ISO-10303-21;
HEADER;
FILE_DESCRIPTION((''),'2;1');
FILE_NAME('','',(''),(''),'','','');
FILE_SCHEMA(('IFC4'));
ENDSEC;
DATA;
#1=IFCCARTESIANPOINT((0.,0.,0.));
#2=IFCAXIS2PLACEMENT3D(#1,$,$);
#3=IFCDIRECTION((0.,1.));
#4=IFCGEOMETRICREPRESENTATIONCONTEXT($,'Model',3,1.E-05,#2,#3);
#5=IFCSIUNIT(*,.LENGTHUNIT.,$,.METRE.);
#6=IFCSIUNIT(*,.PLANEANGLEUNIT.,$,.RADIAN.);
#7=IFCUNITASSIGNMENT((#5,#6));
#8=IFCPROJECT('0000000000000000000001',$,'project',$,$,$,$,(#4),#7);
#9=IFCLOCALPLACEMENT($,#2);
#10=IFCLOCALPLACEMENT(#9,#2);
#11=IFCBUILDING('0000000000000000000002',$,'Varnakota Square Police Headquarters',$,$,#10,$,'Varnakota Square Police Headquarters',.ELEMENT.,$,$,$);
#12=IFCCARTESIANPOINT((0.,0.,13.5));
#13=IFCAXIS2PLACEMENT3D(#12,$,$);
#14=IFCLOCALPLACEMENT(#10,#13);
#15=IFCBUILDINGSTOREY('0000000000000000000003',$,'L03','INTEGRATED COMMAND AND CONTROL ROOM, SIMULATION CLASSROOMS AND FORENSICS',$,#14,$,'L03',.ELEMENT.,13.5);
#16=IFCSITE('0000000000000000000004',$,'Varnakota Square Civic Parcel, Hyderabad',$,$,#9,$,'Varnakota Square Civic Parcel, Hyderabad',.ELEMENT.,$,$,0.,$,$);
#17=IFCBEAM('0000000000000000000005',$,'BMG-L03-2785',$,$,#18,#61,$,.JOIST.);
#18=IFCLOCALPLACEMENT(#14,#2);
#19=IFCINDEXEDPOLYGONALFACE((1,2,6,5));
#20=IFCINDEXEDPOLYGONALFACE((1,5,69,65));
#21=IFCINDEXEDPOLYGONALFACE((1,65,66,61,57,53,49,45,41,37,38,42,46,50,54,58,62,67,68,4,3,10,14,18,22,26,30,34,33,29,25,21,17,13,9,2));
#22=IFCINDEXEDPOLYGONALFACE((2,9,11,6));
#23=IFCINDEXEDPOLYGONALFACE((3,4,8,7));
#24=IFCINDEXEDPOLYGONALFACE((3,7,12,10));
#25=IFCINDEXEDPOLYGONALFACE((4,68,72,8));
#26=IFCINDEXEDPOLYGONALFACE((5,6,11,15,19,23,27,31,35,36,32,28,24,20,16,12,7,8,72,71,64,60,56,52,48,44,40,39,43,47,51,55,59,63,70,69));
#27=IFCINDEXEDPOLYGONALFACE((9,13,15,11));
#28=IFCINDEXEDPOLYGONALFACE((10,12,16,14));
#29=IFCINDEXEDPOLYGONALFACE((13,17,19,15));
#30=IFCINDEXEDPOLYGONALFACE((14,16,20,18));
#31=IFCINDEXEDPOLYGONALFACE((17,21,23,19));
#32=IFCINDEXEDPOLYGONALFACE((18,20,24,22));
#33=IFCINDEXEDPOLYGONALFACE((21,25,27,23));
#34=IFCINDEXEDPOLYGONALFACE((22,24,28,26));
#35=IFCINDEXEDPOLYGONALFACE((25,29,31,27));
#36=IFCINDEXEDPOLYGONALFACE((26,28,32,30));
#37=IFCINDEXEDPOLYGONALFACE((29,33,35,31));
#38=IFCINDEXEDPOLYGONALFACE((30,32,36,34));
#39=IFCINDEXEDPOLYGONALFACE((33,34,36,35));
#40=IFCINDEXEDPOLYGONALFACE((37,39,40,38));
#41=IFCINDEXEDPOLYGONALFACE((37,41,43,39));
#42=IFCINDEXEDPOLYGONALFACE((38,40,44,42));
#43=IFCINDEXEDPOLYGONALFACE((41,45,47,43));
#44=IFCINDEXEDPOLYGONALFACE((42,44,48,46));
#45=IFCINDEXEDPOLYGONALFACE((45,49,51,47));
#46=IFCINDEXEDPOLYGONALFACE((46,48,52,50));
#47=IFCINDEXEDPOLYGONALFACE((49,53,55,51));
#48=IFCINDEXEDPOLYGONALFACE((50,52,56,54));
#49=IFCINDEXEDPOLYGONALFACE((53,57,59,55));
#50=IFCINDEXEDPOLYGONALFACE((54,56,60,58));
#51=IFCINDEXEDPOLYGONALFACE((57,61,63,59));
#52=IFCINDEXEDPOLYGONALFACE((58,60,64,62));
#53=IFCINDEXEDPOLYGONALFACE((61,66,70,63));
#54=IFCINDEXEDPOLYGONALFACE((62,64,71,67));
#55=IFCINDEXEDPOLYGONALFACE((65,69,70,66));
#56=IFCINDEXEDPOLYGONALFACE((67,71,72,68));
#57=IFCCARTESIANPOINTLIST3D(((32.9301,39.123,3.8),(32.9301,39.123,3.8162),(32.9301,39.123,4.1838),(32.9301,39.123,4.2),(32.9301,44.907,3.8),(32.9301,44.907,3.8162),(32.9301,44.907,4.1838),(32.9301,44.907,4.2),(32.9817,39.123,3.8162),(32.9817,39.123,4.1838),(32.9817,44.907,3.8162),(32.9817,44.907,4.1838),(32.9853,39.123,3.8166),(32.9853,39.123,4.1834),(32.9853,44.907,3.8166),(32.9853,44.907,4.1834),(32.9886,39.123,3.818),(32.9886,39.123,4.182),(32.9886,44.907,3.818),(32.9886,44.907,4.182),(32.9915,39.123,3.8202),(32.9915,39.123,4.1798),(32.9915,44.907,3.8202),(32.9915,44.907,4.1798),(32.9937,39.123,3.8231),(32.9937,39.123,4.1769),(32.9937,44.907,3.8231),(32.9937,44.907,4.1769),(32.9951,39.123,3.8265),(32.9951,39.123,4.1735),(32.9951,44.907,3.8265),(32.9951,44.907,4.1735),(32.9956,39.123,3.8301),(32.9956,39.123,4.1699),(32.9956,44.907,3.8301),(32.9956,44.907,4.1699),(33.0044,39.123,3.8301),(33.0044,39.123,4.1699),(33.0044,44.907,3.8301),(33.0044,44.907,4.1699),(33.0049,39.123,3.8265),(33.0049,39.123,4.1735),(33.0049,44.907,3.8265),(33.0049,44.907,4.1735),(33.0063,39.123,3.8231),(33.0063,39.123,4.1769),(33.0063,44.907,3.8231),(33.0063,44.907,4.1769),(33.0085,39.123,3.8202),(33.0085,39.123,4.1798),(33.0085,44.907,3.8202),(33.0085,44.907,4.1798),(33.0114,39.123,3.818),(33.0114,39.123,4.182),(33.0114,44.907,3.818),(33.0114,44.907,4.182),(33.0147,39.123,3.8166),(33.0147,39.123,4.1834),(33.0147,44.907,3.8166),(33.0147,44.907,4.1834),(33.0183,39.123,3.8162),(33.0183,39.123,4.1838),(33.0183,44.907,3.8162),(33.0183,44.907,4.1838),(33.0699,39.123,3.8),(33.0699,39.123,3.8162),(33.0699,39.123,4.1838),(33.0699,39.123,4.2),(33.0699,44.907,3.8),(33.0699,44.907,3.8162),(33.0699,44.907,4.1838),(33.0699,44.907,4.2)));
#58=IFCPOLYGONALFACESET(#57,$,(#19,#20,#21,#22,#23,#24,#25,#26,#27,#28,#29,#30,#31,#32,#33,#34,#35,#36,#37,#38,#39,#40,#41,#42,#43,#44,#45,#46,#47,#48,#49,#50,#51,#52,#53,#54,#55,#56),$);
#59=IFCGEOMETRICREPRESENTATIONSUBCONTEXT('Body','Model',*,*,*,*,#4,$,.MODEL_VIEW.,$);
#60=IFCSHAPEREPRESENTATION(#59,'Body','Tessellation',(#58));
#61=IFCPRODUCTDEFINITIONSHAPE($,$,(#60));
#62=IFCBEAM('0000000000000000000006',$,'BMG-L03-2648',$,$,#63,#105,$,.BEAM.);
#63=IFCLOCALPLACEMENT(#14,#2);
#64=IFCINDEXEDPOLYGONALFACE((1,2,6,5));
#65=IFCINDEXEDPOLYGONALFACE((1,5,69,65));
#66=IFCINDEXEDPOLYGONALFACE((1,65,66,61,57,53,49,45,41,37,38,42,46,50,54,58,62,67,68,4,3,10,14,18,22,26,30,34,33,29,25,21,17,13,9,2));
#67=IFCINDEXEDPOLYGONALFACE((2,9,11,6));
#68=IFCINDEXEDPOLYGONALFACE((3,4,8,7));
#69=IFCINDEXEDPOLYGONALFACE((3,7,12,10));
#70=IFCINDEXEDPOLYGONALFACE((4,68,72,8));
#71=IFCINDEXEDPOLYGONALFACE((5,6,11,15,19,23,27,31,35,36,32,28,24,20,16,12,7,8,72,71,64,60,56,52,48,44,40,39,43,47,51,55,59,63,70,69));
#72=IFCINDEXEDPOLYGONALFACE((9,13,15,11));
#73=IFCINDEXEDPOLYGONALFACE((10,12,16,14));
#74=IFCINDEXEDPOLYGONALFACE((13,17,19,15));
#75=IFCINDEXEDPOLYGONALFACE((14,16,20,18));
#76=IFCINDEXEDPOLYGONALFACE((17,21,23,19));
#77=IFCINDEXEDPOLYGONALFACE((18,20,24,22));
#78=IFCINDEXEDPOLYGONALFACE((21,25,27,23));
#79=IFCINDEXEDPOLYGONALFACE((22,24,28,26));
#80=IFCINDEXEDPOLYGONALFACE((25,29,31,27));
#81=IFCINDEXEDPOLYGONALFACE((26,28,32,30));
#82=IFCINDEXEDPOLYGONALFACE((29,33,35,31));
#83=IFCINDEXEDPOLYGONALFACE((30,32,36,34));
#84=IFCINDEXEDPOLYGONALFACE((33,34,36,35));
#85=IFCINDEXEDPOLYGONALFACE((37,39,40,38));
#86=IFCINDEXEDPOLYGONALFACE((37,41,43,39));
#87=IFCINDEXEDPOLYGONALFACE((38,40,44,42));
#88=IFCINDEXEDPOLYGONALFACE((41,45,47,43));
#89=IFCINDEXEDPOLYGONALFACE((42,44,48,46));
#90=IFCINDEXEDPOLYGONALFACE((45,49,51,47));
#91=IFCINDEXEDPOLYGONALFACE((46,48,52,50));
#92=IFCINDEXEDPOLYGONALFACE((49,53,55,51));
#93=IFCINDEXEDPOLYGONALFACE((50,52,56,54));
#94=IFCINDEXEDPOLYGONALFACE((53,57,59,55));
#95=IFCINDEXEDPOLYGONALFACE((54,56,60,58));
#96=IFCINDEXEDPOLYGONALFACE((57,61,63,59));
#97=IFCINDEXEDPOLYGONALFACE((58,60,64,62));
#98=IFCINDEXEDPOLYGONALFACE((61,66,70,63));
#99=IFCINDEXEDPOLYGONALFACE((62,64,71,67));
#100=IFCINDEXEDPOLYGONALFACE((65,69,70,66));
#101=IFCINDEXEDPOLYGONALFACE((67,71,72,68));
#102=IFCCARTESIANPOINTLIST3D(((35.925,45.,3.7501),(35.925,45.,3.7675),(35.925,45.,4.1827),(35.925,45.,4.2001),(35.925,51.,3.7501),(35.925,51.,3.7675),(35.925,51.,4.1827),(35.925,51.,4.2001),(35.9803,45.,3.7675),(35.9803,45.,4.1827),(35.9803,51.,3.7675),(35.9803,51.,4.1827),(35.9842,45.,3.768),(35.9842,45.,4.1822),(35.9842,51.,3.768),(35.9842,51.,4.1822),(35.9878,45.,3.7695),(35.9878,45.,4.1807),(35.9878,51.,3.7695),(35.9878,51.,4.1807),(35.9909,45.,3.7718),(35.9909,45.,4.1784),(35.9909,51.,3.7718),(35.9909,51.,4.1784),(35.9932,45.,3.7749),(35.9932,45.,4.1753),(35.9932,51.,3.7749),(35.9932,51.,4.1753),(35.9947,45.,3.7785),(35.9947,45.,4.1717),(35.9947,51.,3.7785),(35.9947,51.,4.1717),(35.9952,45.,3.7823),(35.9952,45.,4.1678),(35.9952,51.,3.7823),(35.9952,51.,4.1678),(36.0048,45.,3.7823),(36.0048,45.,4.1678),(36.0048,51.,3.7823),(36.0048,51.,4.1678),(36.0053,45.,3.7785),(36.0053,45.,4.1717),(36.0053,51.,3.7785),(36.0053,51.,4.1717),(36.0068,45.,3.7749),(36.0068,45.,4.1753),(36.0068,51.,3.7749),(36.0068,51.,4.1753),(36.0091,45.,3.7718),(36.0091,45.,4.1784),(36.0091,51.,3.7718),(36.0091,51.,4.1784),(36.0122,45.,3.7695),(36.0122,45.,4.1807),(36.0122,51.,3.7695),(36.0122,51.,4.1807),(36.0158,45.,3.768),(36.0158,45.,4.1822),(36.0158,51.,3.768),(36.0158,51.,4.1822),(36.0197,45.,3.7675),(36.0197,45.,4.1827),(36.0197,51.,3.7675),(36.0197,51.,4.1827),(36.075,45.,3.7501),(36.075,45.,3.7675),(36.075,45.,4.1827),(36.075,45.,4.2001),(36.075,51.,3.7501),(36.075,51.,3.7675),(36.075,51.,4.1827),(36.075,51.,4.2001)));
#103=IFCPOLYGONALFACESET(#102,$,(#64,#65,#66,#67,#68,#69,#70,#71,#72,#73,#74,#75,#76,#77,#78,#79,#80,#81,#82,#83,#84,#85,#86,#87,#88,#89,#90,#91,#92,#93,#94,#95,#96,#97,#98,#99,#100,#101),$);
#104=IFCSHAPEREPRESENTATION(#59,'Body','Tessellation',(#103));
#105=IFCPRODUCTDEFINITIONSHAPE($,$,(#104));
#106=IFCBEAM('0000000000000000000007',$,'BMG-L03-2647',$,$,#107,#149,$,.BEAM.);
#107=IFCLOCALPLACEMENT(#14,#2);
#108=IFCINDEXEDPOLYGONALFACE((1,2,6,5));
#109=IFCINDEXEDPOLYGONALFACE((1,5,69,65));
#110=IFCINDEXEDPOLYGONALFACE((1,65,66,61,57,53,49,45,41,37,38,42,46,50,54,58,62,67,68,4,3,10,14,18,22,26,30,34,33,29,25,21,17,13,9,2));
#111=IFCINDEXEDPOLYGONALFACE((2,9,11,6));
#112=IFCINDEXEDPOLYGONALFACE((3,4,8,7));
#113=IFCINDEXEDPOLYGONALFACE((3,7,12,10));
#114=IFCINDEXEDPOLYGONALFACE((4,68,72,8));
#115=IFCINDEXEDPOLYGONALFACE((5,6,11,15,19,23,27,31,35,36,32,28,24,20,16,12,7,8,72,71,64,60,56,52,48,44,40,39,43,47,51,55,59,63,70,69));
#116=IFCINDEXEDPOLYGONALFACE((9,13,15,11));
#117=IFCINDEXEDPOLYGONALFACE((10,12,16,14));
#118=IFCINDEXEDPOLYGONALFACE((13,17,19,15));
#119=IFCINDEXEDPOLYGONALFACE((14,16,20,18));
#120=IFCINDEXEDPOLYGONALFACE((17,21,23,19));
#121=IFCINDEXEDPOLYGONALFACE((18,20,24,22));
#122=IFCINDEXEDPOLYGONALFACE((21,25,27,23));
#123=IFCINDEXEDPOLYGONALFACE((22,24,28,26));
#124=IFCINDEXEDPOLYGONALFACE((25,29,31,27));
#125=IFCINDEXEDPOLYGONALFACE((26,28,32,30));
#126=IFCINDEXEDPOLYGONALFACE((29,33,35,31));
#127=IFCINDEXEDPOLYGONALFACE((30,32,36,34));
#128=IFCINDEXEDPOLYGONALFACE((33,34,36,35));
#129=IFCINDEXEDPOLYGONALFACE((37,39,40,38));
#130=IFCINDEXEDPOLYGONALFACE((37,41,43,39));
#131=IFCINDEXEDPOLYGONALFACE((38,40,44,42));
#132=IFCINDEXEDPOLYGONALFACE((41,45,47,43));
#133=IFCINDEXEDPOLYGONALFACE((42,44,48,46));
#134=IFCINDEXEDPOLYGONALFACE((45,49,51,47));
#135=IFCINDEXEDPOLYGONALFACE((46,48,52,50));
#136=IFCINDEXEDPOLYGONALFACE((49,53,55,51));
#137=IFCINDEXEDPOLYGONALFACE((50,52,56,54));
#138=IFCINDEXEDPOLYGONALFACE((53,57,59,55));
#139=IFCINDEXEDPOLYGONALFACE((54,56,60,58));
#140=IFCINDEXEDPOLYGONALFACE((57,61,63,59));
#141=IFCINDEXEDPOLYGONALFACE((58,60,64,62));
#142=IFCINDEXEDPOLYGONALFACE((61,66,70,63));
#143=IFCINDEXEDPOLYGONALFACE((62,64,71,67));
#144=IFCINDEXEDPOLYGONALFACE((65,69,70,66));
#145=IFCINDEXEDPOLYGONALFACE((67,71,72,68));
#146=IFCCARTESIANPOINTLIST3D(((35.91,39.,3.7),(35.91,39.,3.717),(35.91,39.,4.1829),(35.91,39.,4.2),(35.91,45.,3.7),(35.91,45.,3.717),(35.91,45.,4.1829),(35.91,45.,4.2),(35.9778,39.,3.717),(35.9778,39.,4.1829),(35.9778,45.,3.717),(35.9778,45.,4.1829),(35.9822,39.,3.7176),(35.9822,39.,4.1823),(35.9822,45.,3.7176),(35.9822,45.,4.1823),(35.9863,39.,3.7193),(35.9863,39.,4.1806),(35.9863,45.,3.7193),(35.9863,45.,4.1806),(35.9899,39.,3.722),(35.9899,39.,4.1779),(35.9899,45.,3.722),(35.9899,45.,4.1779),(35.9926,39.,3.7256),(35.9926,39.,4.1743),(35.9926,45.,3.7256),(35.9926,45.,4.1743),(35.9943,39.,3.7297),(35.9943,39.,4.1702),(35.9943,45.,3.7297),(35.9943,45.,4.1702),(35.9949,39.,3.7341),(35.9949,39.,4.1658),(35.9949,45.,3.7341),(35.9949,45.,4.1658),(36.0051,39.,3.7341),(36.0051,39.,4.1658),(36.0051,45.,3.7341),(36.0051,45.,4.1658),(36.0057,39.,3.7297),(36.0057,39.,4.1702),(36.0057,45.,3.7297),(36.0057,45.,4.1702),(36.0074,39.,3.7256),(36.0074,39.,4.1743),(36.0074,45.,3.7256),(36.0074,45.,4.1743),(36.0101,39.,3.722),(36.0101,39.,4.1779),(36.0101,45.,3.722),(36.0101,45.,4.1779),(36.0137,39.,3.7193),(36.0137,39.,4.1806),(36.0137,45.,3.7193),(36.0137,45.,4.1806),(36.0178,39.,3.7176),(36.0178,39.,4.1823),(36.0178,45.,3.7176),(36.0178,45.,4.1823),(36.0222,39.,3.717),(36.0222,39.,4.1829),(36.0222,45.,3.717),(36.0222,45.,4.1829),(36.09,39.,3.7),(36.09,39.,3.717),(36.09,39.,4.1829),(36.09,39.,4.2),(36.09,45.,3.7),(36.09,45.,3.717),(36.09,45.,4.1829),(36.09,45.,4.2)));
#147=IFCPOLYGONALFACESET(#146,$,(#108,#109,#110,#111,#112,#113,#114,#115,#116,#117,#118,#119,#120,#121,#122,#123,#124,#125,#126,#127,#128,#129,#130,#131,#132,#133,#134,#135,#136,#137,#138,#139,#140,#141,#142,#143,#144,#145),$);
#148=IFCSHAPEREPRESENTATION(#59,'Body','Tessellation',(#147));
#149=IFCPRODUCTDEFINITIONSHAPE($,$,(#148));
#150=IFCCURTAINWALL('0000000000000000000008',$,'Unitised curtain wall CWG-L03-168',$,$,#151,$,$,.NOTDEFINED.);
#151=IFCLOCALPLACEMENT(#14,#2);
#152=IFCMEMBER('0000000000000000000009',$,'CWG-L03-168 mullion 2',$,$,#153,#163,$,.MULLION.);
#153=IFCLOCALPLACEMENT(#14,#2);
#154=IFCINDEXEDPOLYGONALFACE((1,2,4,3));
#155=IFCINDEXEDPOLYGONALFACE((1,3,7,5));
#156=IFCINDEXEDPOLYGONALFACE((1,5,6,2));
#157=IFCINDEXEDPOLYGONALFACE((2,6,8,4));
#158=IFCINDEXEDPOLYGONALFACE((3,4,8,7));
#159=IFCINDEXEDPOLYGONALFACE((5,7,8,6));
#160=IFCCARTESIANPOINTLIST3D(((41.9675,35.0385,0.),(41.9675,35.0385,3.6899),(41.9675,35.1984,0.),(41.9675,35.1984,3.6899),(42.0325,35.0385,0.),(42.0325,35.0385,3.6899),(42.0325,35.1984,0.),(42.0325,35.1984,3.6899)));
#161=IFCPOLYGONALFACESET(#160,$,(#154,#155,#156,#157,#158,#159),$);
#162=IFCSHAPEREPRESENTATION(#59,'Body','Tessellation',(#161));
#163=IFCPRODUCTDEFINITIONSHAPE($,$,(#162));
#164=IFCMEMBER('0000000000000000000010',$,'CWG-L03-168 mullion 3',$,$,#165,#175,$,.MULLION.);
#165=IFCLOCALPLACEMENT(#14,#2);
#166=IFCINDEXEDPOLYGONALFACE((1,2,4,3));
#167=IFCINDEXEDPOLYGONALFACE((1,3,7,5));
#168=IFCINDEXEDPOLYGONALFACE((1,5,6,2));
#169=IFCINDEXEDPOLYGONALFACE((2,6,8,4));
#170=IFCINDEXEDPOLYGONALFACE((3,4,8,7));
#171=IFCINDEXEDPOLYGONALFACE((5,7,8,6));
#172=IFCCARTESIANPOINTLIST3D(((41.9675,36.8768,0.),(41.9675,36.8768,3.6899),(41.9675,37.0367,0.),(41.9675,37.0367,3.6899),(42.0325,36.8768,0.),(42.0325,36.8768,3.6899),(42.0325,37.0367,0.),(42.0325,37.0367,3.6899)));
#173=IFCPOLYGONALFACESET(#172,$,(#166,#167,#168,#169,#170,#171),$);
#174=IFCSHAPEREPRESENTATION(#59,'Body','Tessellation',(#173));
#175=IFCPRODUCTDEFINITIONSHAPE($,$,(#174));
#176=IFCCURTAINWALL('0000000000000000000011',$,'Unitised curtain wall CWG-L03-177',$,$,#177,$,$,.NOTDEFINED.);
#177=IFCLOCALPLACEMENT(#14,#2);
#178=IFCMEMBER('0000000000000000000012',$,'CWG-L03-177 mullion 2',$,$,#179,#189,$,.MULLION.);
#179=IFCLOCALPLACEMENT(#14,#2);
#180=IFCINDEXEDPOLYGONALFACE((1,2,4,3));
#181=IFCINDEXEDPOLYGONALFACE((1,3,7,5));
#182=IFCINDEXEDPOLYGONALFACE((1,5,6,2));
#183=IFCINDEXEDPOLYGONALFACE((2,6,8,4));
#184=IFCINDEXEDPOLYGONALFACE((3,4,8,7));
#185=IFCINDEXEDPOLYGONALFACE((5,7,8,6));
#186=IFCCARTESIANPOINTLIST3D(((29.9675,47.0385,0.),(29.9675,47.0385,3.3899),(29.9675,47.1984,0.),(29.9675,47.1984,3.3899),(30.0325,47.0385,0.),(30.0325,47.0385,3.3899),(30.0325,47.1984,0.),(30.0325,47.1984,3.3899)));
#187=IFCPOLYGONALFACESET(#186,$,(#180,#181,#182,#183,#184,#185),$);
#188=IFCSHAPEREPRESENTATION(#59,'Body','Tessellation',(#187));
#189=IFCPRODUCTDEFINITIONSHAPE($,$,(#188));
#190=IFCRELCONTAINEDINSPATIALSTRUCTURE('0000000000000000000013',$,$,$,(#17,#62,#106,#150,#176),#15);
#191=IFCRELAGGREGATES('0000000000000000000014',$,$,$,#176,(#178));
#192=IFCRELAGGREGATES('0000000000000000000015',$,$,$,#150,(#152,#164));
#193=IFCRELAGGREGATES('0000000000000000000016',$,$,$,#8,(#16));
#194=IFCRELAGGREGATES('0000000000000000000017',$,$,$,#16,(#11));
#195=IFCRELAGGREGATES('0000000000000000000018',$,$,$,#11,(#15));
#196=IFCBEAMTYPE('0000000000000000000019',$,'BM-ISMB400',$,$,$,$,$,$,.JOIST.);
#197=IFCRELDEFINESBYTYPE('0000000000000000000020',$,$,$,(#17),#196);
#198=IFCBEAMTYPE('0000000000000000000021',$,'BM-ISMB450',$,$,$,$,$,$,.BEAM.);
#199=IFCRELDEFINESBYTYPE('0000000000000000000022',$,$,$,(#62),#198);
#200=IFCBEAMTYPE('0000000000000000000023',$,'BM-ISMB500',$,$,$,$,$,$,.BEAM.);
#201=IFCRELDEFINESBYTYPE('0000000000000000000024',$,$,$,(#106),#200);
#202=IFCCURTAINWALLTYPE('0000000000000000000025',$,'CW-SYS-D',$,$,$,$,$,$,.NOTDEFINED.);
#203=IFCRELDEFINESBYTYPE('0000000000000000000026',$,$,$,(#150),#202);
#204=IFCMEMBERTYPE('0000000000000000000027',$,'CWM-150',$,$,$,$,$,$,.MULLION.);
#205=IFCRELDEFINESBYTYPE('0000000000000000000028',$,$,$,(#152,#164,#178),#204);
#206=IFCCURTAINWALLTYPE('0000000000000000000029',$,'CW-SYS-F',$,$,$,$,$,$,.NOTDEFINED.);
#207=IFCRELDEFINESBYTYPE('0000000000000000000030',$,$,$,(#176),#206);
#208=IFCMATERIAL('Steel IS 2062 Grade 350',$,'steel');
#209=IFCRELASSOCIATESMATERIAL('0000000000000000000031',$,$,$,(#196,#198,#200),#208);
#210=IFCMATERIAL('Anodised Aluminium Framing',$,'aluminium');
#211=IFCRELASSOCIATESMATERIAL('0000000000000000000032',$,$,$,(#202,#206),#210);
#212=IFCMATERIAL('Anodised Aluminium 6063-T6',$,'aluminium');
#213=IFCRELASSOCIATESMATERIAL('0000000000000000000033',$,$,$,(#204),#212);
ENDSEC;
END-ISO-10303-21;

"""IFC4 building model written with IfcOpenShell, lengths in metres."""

from ifc_helpers import new_model, si_unit, direction, frame, origin, origin_2d, place, context, subcontext, project, spatial, rectangle, i_section, extrude, material, material_profile, profile_set, type_object, element, aggregate, save


model = new_model("IFC4")

# Units and contexts
model_context = context("Model", 3, precision=1e-05, world=origin(), true_north=direction((0.0, 1.0)))
body_context = subcontext(model_context, "Body", "Model", "MODEL_VIEW")
ifc_project = project(units=[si_unit("LENGTHUNIT", "METRE"), si_unit("PLANEANGLEUNIT", "RADIAN")], contexts=[model_context])

# Site, building, storey
site_placement = place(None, origin())
site = spatial("IfcSite", under=ifc_project, at=site_placement, Name="Varnakota Square Civic Parcel, Hyderabad", LongName="Varnakota Square Civic Parcel, Hyderabad", CompositionType="ELEMENT", RefElevation=0.0)
building_placement = place(site_placement, origin())
building = spatial("IfcBuilding", under=site, at=building_placement, Name="Varnakota Square Police Headquarters", LongName="Varnakota Square Police Headquarters", CompositionType="ELEMENT")
storey_placement = place(building_placement, frame((0.0, 0.0, 13.5)))
storey = spatial("IfcBuildingStorey", under=building, at=storey_placement, Name="L03", Description="INTEGRATED COMMAND AND CONTROL ROOM, SIMULATION CLASSROOMS AND FORENSICS", LongName="L03", CompositionType="ELEMENT", Elevation=13.5)

# Shared definitions
ifc_material_1 = material(Name="Steel IS 2062 Grade 350", Category="steel")

# Beams
ifc_material_profile_1 = material_profile(ifc_material_1, i_section(OverallWidth=0.1399, OverallDepth=0.3999, WebThickness=0.0088, FlangeThickness=0.0161, FilletRadius=0.0139, at=origin_2d()), Name="ISMB 400")
ifc_profile_set_1 = profile_set([ifc_material_profile_1], Name="Steel IS 2062 Grade 350")
beam_type_1 = type_object("IfcBeamType", Name="BM-ISMB400", PredefinedType="JOIST", material=ifc_profile_set_1)
beam_1_placement = place(storey_placement, frame((33.0, 39.123, 4.0), z_axis=(0.0, 1.0, 0.0), x_axis=(-1.0, 0.0, 0.0)))
element("IfcBeam", 1, at=beam_1_placement, inside=storey, type_object=beam_type_1, Name="BMG-L03-2785", PredefinedType="JOIST", context=body_context, shape_type="SweptSolid", body=[
    extrude(i_section(OverallWidth=0.1399, OverallDepth=0.3999, WebThickness=0.0088, FlangeThickness=0.0161, FilletRadius=0.0139, at=origin_2d()), origin(), (0.0, 0.0, 1.0), 5.7839),
])
ifc_material_profile_2 = material_profile(ifc_material_1, i_section(OverallWidth=0.1499, OverallDepth=0.45, WebThickness=0.0095, FlangeThickness=0.0173, FilletRadius=0.0149, at=origin_2d()), Name="ISMB 450")
ifc_profile_set_2 = profile_set([ifc_material_profile_2], Name="Steel IS 2062 Grade 350")
beam_type_2 = type_object("IfcBeamType", Name="BM-ISMB450", PredefinedType="BEAM", material=ifc_profile_set_2)
beam_2_placement = place(storey_placement, frame((36.0, 45.0, 3.9751), z_axis=(0.0, 1.0, 0.0), x_axis=(-1.0, 0.0, 0.0)))
element("IfcBeam", 2, at=beam_2_placement, inside=storey, type_object=beam_type_2, Name="BMG-L03-2648", PredefinedType="BEAM", context=body_context, shape_type="SweptSolid", body=[
    extrude(i_section(OverallWidth=0.1499, OverallDepth=0.45, WebThickness=0.0095, FlangeThickness=0.0173, FilletRadius=0.0149, at=origin_2d()), origin(), (0.0, 0.0, 1.0), 6.0),
])
ifc_material_profile_3 = material_profile(ifc_material_1, i_section(OverallWidth=0.1799, OverallDepth=0.5, WebThickness=0.0103, FlangeThickness=0.0171, FilletRadius=0.0171, at=origin_2d()), Name="ISMB 500")
ifc_profile_set_3 = profile_set([ifc_material_profile_3], Name="Steel IS 2062 Grade 350")
beam_type_3 = type_object("IfcBeamType", Name="BM-ISMB500", PredefinedType="BEAM", material=ifc_profile_set_3)
beam_3_placement = place(storey_placement, frame((36.0, 39.0, 3.95), z_axis=(0.0, 1.0, 0.0), x_axis=(-1.0, 0.0, 0.0)))
element("IfcBeam", 3, at=beam_3_placement, inside=storey, type_object=beam_type_3, Name="BMG-L03-2647", PredefinedType="BEAM", context=body_context, shape_type="SweptSolid", body=[
    extrude(i_section(OverallWidth=0.1799, OverallDepth=0.5, WebThickness=0.0103, FlangeThickness=0.0171, FilletRadius=0.0171, at=origin_2d()), origin(), (0.0, 0.0, 1.0), 6.0),
])

# Curtain walls, members
ifc_material_2 = material(Name="Anodised Aluminium Framing", Category="aluminium")
curtain_wall_type_1 = type_object("IfcCurtainWallType", Name="CW-SYS-D", PredefinedType="NOTDEFINED", material=ifc_material_2)
curtain_wall_1_placement = place(storey_placement, origin())
curtain_wall_1 = element("IfcCurtainWall", 4, at=curtain_wall_1_placement, inside=storey, type_object=curtain_wall_type_1, Name="Unitised curtain wall CWG-L03-168", PredefinedType="NOTDEFINED")
ifc_material_3 = material(Name="Anodised Aluminium 6063-T6", Category="aluminium")
ifc_material_profile_4 = material_profile(ifc_material_3, rectangle(XDim=0.0649, YDim=0.1599, at=origin_2d()), Name="ALU MULLION 65x160")
ifc_profile_set_4 = profile_set([ifc_material_profile_4], Name="Anodised Aluminium 6063-T6")
member_type_1 = type_object("IfcMemberType", Name="CWM-150", PredefinedType="MULLION", material=ifc_profile_set_4)
member_1_placement = place(storey_placement, frame((42.0, 35.1184, 0.0), z_axis=(0.0, 0.0, 1.0), x_axis=(-1.0, 0.0, 0.0)))
member_1 = element("IfcMember", 5, at=member_1_placement, type_object=member_type_1, Name="CWG-L03-168 mullion 2", PredefinedType="MULLION", context=body_context, shape_type="SweptSolid", body=[
    extrude(rectangle(XDim=0.0649, YDim=0.1599, at=origin_2d()), origin(), (0.0, 0.0, 1.0), 3.6899),
])
member_2_placement = place(storey_placement, frame((42.0, 36.9568, 0.0), z_axis=(0.0, 0.0, 1.0), x_axis=(-1.0, 0.0, 0.0)))
member_2 = element("IfcMember", 6, at=member_2_placement, type_object=member_type_1, Name="CWG-L03-168 mullion 3", PredefinedType="MULLION", context=body_context, shape_type="SweptSolid", body=[
    extrude(rectangle(XDim=0.0649, YDim=0.1599, at=origin_2d()), origin(), (0.0, 0.0, 1.0), 3.6899),
])
curtain_wall_type_2 = type_object("IfcCurtainWallType", Name="CW-SYS-F", PredefinedType="NOTDEFINED", material=ifc_material_2)
curtain_wall_2_placement = place(storey_placement, origin())
curtain_wall_2 = element("IfcCurtainWall", 7, at=curtain_wall_2_placement, inside=storey, type_object=curtain_wall_type_2, Name="Unitised curtain wall CWG-L03-177", PredefinedType="NOTDEFINED")
member_3_placement = place(storey_placement, frame((30.0, 47.1184, 0.0), z_axis=(0.0, 0.0, 1.0), x_axis=(-1.0, 0.0, 0.0)))
member_3 = element("IfcMember", 8, at=member_3_placement, type_object=member_type_1, Name="CWG-L03-177 mullion 2", PredefinedType="MULLION", context=body_context, shape_type="SweptSolid", body=[
    extrude(rectangle(XDim=0.0649, YDim=0.1599, at=origin_2d()), origin(), (0.0, 0.0, 1.0), 3.3899),
])

aggregate(curtain_wall_2, [member_3])
aggregate(curtain_wall_1, [member_1, member_2])

save(model, "model.ifc")
